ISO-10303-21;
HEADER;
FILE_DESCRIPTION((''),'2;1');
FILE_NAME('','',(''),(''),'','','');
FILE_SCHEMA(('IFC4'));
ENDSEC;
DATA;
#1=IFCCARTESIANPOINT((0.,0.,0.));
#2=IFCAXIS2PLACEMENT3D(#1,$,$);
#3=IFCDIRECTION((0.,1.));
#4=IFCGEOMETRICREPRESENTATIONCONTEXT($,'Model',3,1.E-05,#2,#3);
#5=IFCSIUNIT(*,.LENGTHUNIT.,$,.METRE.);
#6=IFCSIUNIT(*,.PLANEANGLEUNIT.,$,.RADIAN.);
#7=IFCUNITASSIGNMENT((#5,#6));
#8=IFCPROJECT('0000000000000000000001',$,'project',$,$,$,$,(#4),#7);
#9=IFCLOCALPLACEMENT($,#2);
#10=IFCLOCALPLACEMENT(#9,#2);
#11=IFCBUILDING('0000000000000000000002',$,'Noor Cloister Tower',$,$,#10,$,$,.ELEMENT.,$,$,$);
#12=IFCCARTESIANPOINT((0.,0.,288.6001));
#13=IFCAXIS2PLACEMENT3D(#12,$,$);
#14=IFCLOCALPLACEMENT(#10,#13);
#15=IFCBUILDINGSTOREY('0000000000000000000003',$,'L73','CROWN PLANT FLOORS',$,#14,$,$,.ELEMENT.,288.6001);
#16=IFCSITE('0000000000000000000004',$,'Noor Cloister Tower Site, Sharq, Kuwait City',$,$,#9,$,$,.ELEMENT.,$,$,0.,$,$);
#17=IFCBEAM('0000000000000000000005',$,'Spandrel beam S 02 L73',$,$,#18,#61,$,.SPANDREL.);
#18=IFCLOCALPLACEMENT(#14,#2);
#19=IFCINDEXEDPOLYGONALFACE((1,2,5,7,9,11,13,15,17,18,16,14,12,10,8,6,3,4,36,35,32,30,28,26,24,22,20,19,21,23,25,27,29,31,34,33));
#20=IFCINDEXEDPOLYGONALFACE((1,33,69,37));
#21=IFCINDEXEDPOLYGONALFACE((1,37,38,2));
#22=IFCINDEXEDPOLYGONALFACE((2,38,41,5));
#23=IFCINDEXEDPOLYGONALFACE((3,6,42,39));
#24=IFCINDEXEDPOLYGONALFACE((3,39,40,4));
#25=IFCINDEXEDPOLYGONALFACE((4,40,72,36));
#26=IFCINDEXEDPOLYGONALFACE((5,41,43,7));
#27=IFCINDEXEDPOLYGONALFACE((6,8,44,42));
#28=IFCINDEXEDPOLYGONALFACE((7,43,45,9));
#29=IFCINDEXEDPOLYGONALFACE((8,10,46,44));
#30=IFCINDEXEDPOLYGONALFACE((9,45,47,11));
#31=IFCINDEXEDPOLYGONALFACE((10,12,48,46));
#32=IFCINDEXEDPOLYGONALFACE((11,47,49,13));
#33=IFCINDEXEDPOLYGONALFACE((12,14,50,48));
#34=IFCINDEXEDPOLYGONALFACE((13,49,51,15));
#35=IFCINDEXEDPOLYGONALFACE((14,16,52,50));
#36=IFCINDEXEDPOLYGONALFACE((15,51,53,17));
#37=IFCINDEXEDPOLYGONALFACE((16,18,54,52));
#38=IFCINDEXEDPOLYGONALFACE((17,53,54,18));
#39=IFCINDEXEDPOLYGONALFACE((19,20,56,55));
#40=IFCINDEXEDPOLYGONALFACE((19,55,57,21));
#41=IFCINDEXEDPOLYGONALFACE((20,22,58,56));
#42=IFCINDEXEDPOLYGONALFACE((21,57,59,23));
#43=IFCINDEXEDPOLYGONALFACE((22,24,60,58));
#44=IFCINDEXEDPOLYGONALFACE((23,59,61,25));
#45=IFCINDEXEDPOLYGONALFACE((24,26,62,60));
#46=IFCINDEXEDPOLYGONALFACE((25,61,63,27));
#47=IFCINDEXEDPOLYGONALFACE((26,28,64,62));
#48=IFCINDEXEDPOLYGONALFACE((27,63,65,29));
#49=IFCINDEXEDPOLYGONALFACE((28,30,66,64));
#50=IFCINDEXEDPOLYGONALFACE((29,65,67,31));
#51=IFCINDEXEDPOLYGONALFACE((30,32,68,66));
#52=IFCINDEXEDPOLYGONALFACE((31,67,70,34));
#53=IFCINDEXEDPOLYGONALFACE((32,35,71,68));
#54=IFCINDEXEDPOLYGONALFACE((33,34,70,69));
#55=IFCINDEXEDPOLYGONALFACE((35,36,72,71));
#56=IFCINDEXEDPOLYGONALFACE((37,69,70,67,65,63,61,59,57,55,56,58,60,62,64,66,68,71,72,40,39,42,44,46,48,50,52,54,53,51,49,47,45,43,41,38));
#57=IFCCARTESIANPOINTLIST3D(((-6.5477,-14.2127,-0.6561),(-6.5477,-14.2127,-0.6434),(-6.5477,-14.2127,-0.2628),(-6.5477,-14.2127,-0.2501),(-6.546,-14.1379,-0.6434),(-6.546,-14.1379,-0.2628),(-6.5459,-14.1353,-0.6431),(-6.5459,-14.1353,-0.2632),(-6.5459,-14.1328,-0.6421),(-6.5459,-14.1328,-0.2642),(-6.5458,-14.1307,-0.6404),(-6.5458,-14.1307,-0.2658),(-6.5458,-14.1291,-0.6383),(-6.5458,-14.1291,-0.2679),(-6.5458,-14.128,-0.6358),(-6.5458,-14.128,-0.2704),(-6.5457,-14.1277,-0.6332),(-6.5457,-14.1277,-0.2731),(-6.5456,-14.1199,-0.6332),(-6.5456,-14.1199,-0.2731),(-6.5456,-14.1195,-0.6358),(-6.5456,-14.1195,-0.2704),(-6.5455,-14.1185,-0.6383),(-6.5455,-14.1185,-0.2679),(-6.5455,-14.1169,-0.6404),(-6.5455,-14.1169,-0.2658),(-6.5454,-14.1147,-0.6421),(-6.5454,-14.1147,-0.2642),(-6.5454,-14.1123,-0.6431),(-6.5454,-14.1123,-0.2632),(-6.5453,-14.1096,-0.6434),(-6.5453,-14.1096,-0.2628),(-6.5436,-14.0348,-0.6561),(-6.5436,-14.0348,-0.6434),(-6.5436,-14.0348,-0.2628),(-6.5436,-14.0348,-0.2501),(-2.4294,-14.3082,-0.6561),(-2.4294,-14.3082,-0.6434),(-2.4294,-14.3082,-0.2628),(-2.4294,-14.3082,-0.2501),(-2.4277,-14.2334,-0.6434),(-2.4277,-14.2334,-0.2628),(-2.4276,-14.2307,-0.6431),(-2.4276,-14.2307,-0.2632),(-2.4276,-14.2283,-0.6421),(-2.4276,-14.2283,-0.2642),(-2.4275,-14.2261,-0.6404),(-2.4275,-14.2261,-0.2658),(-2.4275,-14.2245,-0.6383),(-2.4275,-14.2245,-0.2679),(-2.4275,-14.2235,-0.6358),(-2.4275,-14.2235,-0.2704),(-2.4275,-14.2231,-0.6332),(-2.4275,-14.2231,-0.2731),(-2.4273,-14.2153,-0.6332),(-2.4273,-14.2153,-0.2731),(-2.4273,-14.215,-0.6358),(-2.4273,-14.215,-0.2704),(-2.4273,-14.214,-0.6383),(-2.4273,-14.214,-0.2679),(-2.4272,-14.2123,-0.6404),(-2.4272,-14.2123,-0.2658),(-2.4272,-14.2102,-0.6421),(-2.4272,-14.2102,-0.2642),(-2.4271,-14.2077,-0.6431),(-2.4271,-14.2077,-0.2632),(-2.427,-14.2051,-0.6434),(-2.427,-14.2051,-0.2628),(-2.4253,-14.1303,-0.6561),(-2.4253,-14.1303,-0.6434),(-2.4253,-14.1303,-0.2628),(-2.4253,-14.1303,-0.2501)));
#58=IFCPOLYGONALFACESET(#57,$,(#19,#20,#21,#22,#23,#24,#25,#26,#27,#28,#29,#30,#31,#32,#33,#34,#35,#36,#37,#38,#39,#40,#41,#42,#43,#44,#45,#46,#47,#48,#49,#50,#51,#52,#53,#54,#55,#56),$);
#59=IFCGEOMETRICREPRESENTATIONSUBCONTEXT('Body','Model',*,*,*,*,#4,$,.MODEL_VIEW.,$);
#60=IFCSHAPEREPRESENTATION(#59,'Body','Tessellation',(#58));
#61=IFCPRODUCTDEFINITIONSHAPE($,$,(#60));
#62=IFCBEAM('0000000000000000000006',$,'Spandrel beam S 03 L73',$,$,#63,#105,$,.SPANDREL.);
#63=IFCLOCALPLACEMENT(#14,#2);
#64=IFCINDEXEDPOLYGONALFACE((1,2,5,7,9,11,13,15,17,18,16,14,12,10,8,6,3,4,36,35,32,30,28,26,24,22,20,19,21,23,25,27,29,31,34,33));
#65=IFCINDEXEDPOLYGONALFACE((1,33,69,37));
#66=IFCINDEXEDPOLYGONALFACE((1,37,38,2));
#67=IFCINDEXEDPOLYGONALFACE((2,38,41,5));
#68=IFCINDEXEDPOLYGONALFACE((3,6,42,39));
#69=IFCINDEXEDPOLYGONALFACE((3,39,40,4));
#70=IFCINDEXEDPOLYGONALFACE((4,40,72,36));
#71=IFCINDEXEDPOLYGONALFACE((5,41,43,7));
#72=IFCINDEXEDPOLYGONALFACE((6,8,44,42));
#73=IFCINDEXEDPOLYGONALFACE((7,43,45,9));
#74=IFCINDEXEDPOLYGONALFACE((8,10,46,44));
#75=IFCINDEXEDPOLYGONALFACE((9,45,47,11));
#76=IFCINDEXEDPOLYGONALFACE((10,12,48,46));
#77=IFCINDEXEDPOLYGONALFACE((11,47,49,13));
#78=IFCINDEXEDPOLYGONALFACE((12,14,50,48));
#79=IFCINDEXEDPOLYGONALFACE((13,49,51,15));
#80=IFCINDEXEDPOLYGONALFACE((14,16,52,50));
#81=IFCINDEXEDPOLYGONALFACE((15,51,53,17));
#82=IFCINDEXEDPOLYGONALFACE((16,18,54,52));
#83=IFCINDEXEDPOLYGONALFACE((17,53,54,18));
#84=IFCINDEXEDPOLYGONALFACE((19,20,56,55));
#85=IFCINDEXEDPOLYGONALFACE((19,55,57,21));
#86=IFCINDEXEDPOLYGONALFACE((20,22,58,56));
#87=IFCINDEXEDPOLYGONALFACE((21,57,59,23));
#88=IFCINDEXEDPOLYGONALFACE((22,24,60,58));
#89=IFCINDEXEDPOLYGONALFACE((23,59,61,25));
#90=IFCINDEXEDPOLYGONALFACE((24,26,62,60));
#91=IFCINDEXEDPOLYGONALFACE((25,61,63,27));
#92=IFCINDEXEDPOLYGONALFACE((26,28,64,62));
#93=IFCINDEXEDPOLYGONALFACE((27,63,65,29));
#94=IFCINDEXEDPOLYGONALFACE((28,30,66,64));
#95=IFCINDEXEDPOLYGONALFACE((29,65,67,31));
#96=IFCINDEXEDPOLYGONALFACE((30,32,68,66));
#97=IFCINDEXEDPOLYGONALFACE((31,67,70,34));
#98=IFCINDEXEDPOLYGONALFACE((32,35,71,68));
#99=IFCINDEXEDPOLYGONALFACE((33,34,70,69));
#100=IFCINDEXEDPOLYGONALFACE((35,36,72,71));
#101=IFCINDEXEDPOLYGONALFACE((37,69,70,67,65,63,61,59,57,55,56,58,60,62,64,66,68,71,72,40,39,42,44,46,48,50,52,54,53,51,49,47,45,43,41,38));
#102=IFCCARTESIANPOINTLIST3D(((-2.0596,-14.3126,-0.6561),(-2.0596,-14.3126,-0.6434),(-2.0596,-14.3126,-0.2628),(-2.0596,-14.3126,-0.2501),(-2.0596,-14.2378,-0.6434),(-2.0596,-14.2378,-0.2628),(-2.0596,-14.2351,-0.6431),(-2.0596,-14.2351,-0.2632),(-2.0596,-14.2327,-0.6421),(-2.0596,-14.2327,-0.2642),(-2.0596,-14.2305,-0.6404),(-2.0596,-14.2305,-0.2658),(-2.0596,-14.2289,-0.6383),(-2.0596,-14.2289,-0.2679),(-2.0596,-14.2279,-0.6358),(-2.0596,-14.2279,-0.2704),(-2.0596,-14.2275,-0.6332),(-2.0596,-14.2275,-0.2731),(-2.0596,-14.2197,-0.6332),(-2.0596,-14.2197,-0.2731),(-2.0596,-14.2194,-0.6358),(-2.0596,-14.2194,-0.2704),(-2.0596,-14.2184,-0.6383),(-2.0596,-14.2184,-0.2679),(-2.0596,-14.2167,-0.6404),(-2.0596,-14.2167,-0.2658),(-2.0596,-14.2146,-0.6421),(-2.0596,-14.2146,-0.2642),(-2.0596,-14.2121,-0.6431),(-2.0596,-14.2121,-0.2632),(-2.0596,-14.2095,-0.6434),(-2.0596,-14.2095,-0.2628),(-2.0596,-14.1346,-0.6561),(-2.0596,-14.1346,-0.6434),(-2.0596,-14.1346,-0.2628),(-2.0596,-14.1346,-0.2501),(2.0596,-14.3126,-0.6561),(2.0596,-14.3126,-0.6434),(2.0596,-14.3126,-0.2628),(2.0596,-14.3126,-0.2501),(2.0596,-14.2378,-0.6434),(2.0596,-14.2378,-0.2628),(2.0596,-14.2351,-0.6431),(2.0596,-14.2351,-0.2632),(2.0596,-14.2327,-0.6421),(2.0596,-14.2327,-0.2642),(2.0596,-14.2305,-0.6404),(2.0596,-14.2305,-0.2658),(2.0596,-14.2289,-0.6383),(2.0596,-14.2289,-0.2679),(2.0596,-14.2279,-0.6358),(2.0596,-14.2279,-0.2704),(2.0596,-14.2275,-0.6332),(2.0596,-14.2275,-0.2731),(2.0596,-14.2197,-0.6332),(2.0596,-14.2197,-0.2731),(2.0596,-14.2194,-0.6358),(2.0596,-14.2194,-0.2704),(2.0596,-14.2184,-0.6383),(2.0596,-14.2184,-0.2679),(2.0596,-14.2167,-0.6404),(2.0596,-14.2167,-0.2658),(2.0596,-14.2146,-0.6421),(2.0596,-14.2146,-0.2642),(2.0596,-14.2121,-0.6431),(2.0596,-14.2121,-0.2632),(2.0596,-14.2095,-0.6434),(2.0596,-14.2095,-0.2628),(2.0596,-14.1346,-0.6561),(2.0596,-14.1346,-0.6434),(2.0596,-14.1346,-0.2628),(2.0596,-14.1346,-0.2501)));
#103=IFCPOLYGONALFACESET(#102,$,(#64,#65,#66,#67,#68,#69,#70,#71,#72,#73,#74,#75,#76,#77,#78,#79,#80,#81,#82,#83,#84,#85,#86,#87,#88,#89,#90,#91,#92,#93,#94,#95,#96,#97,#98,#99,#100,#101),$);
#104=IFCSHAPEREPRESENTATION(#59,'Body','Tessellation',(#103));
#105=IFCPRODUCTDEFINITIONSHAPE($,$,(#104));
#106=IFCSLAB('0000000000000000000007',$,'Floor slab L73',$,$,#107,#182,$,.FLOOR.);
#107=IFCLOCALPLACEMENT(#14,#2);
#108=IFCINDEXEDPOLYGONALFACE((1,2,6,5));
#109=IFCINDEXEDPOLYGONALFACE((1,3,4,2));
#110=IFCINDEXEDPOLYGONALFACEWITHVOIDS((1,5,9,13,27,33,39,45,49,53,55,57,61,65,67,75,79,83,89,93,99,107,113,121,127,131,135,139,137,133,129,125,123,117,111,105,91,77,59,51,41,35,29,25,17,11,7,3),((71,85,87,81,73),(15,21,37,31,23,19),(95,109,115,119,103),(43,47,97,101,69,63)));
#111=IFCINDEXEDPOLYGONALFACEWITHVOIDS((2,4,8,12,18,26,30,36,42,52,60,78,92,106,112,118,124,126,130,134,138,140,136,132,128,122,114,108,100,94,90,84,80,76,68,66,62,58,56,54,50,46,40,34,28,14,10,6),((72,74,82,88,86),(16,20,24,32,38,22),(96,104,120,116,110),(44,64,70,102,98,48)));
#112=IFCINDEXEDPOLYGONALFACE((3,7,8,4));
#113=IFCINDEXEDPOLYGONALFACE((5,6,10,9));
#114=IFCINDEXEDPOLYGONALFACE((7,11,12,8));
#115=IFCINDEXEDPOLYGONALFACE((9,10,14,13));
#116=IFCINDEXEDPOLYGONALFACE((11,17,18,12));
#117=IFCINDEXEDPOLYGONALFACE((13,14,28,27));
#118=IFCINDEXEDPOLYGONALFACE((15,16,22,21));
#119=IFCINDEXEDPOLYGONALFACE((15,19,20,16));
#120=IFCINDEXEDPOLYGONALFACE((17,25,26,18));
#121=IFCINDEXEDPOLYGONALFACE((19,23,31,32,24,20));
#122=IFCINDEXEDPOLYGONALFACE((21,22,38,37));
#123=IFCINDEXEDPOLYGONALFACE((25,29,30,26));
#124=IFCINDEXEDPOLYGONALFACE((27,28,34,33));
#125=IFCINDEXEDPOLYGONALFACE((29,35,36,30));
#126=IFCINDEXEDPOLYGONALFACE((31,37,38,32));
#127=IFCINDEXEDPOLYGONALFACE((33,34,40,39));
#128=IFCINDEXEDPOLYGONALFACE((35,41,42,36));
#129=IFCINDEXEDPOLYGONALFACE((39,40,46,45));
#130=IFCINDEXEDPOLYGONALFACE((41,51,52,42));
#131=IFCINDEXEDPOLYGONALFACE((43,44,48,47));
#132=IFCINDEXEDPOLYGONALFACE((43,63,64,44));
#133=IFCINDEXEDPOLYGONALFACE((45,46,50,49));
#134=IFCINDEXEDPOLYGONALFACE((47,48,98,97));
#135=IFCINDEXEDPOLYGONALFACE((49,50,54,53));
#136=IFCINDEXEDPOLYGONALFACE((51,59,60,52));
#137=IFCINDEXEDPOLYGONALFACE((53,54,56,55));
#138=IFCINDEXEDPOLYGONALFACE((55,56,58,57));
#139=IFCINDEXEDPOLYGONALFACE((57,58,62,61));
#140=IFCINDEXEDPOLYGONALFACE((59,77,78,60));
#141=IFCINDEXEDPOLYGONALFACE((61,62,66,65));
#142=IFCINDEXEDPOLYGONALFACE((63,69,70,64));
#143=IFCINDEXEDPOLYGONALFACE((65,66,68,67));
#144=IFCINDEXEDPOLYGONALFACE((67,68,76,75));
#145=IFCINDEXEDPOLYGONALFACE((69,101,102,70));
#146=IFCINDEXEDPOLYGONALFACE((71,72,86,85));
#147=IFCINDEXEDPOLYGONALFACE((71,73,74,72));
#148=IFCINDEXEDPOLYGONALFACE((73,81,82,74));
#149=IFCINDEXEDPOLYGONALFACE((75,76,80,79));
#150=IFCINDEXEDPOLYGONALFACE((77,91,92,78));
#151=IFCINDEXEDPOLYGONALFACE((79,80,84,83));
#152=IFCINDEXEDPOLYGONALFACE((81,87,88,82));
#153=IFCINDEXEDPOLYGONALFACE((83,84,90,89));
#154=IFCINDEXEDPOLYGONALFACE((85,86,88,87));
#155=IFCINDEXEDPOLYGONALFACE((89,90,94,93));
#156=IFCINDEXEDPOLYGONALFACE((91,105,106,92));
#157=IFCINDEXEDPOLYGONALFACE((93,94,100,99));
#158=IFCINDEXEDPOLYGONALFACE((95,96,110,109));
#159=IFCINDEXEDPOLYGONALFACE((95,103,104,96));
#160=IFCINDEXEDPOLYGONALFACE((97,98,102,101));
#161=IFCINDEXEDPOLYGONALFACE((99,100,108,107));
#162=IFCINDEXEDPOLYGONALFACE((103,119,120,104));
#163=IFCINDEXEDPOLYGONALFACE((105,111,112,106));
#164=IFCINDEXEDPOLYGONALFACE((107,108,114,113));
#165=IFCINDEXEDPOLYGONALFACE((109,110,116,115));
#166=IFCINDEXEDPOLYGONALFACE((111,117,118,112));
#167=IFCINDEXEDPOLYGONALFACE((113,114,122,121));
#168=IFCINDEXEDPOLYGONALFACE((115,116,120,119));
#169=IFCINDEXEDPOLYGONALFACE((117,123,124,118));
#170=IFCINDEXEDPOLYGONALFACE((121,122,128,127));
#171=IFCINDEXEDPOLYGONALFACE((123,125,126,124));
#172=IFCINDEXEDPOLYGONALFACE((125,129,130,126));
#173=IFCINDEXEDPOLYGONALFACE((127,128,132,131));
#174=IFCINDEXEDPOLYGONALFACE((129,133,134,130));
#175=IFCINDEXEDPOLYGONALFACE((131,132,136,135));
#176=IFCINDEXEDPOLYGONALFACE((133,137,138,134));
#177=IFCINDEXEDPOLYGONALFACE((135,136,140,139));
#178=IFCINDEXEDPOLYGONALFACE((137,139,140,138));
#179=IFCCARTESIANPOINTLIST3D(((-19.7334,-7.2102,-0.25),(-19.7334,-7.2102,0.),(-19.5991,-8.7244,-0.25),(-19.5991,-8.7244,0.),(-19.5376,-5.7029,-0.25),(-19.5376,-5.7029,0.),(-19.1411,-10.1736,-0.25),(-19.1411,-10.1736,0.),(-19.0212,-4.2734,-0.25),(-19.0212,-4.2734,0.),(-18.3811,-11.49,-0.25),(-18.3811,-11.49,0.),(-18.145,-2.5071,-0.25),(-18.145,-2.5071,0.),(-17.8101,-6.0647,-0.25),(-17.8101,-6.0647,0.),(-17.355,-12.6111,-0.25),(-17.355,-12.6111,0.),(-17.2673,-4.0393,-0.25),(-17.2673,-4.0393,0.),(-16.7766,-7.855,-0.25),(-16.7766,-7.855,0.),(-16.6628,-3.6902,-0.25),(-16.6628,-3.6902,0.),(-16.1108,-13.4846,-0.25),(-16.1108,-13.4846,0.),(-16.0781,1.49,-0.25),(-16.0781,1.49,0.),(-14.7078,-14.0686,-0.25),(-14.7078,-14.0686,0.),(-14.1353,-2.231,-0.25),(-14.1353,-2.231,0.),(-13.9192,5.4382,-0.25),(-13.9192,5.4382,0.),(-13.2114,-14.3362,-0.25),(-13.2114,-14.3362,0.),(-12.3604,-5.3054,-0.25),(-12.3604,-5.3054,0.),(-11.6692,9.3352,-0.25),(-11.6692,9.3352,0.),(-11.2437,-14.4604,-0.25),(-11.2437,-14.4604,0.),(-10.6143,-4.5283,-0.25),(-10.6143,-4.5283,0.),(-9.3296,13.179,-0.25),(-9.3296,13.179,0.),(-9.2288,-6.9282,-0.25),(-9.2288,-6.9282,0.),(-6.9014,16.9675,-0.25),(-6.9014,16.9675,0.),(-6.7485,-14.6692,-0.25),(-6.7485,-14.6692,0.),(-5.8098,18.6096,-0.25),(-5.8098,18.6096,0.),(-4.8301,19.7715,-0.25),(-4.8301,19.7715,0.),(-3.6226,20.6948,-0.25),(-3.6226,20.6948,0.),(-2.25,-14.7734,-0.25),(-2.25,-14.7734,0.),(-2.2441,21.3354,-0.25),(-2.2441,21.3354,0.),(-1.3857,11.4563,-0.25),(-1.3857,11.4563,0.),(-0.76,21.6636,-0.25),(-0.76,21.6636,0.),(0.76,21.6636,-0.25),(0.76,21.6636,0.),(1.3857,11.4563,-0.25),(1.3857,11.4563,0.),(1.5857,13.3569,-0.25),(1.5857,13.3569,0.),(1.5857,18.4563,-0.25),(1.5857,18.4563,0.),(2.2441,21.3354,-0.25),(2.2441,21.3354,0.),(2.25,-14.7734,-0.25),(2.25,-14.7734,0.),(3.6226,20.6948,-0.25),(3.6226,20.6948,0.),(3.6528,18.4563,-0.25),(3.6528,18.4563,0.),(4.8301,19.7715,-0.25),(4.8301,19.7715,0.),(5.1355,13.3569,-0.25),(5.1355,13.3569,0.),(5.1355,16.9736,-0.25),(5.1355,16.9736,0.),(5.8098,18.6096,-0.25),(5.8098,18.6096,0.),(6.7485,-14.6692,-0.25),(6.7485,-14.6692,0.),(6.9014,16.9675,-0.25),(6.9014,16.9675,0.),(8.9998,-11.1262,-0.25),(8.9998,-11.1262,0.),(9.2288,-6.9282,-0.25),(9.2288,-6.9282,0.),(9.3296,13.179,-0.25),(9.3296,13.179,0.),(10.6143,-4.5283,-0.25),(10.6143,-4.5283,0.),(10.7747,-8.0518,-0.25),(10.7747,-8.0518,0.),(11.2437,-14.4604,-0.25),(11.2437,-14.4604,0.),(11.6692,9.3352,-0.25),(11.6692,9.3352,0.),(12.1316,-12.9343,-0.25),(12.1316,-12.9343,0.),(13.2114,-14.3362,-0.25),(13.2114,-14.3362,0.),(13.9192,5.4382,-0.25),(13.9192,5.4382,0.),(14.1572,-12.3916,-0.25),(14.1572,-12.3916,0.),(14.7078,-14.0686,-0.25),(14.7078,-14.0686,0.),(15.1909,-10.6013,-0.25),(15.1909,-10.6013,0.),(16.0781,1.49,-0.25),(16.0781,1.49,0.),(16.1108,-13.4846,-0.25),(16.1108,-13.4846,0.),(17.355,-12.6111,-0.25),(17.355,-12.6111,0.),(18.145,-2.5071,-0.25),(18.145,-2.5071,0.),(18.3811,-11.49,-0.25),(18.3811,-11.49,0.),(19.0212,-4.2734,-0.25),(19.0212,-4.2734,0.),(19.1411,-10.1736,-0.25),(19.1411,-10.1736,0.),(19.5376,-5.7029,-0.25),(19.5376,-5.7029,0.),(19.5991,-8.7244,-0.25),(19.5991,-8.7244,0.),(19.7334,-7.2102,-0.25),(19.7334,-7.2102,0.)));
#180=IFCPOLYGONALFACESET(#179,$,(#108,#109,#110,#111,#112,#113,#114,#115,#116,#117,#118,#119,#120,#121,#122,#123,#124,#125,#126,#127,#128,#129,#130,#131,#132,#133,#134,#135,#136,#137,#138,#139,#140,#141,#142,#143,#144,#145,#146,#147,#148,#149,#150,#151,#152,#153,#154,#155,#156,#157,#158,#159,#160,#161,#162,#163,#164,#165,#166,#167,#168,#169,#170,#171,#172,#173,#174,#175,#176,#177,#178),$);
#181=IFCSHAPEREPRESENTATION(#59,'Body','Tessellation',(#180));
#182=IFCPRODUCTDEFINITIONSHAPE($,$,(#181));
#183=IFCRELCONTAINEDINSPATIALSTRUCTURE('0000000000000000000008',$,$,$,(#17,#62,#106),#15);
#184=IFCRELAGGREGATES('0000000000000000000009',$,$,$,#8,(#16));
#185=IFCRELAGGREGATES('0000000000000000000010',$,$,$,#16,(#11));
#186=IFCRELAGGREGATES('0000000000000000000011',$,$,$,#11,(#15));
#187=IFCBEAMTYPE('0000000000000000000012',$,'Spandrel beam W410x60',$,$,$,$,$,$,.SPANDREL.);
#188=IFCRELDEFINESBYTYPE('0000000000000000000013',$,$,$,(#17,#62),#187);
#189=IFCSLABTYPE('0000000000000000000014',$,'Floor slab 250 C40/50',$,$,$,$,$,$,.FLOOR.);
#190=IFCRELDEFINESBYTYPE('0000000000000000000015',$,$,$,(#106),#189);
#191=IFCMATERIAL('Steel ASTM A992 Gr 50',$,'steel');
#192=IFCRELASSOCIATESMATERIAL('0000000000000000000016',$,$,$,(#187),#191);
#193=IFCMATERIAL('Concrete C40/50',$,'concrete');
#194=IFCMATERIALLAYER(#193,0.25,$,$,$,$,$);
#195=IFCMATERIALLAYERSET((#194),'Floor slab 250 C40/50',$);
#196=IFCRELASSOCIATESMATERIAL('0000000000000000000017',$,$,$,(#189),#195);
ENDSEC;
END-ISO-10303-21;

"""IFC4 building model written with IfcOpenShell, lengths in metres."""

from ifc_helpers import new_model, si_unit, direction, frame, origin, origin_2d, place, context, subcontext, project, spatial, polyline, i_section, outline, extrude, material, layer, layer_set, material_profile, profile_set, type_object, element, save


model = new_model("IFC4")

# Units and contexts
model_context = context("Model", 3, precision=1e-05, world=origin(), true_north=direction((0.0, 1.0)))
body_context = subcontext(model_context, "Body", "Model", "MODEL_VIEW")
ifc_project = project(units=[si_unit("LENGTHUNIT", "METRE"), si_unit("PLANEANGLEUNIT", "RADIAN")], contexts=[model_context])

# Site, building, storey
site_placement = place(None, origin())
site = spatial("IfcSite", under=ifc_project, at=site_placement, Name="Noor Cloister Tower Site, Sharq, Kuwait City", CompositionType="ELEMENT", RefElevation=0.0)
building_placement = place(site_placement, origin())
building = spatial("IfcBuilding", under=site, at=building_placement, Name="Noor Cloister Tower", CompositionType="ELEMENT")
storey_placement = place(building_placement, frame((0.0, 0.0, 288.6001)))
storey = spatial("IfcBuildingStorey", under=building, at=storey_placement, Name="L73", Description="CROWN PLANT FLOORS", CompositionType="ELEMENT", Elevation=288.6001)

# Beams
ifc_material_1 = material(Name="Steel ASTM A992 Gr 50", Category="steel")
ifc_material_profile_1 = material_profile(ifc_material_1, i_section(OverallWidth=0.178, OverallDepth=0.406, WebThickness=0.0078, FlangeThickness=0.0127, FilletRadius=0.0103, at=origin_2d()), Name="W410x60")
ifc_profile_set_1 = profile_set([ifc_material_profile_1], Name="Steel ASTM A992 Gr 50")
beam_type_1 = type_object("IfcBeamType", Name="Spandrel beam W410x60", PredefinedType="SPANDREL", material=ifc_profile_set_1)
beam_1_placement = place(storey_placement, frame((-6.5457, -14.1238, -0.4531), z_axis=(0.999731, -0.023174, 0.0), x_axis=(0.023174, 0.999731, 0.0)))
element("IfcBeam", 1, at=beam_1_placement, inside=storey, type_object=beam_type_1, Name="Spandrel beam S 02 L73", PredefinedType="SPANDREL", context=body_context, shape_type="SweptSolid", body=[
    extrude(i_section(OverallWidth=0.178, OverallDepth=0.406, WebThickness=0.0078, FlangeThickness=0.0127, FilletRadius=0.0103, at=origin_2d()), origin(), (0.0, 0.0, 1.0), 4.1194),
])
beam_2_placement = place(storey_placement, frame((-2.0596, -14.2236, -0.4531), z_axis=(1.0, 0.0, 0.0), x_axis=(0.0, 1.0, 0.0)))
element("IfcBeam", 2, at=beam_2_placement, inside=storey, type_object=beam_type_1, Name="Spandrel beam S 03 L73", PredefinedType="SPANDREL", context=body_context, shape_type="SweptSolid", body=[
    extrude(i_section(OverallWidth=0.178, OverallDepth=0.406, WebThickness=0.0078, FlangeThickness=0.0127, FilletRadius=0.0103, at=origin_2d()), origin(), (0.0, 0.0, 1.0), 4.1191),
])

# Slab
ifc_material_2 = material(Name="Concrete C40/50", Category="concrete")
ifc_layer_1 = layer(ifc_material_2, 0.25)
ifc_layer_set_1 = layer_set([ifc_layer_1], Name="Floor slab 250 C40/50")
slab_type = type_object("IfcSlabType", Name="Floor slab 250 C40/50", PredefinedType="FLOOR", material=ifc_layer_set_1)
slab_placement = place(storey_placement, frame((0.0, 0.0, -0.25)))
element("IfcSlab", 3, at=slab_placement, inside=storey, type_object=slab_type, Name="Floor slab L73", PredefinedType="FLOOR", context=body_context, shape_type="SweptSolid", body=[
    extrude(outline(polyline([(5.8098, 18.6096), (4.8301, 19.7715), (3.6226, 20.6948), (2.2441, 21.3354), (0.76, 21.6636), (-0.76, 21.6636), (-2.2441, 21.3354), (-3.6226, 20.6948), (-4.8301, 19.7715), (-5.8098, 18.6096), (-6.9014, 16.9675), (-9.3296, 13.179), (-11.6692, 9.3352), (-13.9192, 5.4382), (-16.0781, 1.49), (-18.145, -2.5071), (-19.0212, -4.2734), (-19.5376, -5.7029), (-19.7334, -7.2102), (-19.5991, -8.7244), (-19.1411, -10.1736), (-18.3811, -11.49), (-17.355, -12.6111), (-16.1108, -13.4846), (-14.7078, -14.0686), (-13.2114, -14.3362), (-11.2437, -14.4604), (-6.7485, -14.6692), (-2.25, -14.7734), (2.25, -14.7734), (6.7485, -14.6692), (11.2437, -14.4604), (13.2114, -14.3362), (14.7078, -14.0686), (16.1108, -13.4846), (17.355, -12.6111), (18.3811, -11.49), (19.1411, -10.1736), (19.5991, -8.7244), (19.7334, -7.2102), (19.5376, -5.7029), (19.0212, -4.2734), (18.145, -2.5071), (16.0781, 1.49), (13.9192, 5.4382), (11.6692, 9.3352), (9.3296, 13.179), (6.9014, 16.9675), (5.8098, 18.6096)]), holes=[polyline([(8.9998, -11.1262), (12.1316, -12.9343), (14.1572, -12.3916), (15.1909, -10.6013), (10.7747, -8.0518), (8.9998, -11.1262)]), polyline([(-17.8101, -6.0647), (-16.7766, -7.855), (-12.3604, -5.3054), (-14.1353, -2.231), (-16.6628, -3.6902), (-17.2673, -4.0393), (-17.8101, -6.0647)]), polyline([(-10.6143, -4.5283), (-9.2288, -6.9282), (9.2288, -6.9282), (10.6143, -4.5283), (1.3857, 11.4563), (-1.3857, 11.4563), (-10.6143, -4.5283)]), polyline([(3.6528, 18.4563), (1.5857, 18.4563), (1.5857, 13.3569), (5.1355, 13.3569), (5.1355, 16.9736), (3.6528, 18.4563)])]), origin(), (0.0, 0.0, 1.0), 0.25),
])

save(model, "model.ifc")
